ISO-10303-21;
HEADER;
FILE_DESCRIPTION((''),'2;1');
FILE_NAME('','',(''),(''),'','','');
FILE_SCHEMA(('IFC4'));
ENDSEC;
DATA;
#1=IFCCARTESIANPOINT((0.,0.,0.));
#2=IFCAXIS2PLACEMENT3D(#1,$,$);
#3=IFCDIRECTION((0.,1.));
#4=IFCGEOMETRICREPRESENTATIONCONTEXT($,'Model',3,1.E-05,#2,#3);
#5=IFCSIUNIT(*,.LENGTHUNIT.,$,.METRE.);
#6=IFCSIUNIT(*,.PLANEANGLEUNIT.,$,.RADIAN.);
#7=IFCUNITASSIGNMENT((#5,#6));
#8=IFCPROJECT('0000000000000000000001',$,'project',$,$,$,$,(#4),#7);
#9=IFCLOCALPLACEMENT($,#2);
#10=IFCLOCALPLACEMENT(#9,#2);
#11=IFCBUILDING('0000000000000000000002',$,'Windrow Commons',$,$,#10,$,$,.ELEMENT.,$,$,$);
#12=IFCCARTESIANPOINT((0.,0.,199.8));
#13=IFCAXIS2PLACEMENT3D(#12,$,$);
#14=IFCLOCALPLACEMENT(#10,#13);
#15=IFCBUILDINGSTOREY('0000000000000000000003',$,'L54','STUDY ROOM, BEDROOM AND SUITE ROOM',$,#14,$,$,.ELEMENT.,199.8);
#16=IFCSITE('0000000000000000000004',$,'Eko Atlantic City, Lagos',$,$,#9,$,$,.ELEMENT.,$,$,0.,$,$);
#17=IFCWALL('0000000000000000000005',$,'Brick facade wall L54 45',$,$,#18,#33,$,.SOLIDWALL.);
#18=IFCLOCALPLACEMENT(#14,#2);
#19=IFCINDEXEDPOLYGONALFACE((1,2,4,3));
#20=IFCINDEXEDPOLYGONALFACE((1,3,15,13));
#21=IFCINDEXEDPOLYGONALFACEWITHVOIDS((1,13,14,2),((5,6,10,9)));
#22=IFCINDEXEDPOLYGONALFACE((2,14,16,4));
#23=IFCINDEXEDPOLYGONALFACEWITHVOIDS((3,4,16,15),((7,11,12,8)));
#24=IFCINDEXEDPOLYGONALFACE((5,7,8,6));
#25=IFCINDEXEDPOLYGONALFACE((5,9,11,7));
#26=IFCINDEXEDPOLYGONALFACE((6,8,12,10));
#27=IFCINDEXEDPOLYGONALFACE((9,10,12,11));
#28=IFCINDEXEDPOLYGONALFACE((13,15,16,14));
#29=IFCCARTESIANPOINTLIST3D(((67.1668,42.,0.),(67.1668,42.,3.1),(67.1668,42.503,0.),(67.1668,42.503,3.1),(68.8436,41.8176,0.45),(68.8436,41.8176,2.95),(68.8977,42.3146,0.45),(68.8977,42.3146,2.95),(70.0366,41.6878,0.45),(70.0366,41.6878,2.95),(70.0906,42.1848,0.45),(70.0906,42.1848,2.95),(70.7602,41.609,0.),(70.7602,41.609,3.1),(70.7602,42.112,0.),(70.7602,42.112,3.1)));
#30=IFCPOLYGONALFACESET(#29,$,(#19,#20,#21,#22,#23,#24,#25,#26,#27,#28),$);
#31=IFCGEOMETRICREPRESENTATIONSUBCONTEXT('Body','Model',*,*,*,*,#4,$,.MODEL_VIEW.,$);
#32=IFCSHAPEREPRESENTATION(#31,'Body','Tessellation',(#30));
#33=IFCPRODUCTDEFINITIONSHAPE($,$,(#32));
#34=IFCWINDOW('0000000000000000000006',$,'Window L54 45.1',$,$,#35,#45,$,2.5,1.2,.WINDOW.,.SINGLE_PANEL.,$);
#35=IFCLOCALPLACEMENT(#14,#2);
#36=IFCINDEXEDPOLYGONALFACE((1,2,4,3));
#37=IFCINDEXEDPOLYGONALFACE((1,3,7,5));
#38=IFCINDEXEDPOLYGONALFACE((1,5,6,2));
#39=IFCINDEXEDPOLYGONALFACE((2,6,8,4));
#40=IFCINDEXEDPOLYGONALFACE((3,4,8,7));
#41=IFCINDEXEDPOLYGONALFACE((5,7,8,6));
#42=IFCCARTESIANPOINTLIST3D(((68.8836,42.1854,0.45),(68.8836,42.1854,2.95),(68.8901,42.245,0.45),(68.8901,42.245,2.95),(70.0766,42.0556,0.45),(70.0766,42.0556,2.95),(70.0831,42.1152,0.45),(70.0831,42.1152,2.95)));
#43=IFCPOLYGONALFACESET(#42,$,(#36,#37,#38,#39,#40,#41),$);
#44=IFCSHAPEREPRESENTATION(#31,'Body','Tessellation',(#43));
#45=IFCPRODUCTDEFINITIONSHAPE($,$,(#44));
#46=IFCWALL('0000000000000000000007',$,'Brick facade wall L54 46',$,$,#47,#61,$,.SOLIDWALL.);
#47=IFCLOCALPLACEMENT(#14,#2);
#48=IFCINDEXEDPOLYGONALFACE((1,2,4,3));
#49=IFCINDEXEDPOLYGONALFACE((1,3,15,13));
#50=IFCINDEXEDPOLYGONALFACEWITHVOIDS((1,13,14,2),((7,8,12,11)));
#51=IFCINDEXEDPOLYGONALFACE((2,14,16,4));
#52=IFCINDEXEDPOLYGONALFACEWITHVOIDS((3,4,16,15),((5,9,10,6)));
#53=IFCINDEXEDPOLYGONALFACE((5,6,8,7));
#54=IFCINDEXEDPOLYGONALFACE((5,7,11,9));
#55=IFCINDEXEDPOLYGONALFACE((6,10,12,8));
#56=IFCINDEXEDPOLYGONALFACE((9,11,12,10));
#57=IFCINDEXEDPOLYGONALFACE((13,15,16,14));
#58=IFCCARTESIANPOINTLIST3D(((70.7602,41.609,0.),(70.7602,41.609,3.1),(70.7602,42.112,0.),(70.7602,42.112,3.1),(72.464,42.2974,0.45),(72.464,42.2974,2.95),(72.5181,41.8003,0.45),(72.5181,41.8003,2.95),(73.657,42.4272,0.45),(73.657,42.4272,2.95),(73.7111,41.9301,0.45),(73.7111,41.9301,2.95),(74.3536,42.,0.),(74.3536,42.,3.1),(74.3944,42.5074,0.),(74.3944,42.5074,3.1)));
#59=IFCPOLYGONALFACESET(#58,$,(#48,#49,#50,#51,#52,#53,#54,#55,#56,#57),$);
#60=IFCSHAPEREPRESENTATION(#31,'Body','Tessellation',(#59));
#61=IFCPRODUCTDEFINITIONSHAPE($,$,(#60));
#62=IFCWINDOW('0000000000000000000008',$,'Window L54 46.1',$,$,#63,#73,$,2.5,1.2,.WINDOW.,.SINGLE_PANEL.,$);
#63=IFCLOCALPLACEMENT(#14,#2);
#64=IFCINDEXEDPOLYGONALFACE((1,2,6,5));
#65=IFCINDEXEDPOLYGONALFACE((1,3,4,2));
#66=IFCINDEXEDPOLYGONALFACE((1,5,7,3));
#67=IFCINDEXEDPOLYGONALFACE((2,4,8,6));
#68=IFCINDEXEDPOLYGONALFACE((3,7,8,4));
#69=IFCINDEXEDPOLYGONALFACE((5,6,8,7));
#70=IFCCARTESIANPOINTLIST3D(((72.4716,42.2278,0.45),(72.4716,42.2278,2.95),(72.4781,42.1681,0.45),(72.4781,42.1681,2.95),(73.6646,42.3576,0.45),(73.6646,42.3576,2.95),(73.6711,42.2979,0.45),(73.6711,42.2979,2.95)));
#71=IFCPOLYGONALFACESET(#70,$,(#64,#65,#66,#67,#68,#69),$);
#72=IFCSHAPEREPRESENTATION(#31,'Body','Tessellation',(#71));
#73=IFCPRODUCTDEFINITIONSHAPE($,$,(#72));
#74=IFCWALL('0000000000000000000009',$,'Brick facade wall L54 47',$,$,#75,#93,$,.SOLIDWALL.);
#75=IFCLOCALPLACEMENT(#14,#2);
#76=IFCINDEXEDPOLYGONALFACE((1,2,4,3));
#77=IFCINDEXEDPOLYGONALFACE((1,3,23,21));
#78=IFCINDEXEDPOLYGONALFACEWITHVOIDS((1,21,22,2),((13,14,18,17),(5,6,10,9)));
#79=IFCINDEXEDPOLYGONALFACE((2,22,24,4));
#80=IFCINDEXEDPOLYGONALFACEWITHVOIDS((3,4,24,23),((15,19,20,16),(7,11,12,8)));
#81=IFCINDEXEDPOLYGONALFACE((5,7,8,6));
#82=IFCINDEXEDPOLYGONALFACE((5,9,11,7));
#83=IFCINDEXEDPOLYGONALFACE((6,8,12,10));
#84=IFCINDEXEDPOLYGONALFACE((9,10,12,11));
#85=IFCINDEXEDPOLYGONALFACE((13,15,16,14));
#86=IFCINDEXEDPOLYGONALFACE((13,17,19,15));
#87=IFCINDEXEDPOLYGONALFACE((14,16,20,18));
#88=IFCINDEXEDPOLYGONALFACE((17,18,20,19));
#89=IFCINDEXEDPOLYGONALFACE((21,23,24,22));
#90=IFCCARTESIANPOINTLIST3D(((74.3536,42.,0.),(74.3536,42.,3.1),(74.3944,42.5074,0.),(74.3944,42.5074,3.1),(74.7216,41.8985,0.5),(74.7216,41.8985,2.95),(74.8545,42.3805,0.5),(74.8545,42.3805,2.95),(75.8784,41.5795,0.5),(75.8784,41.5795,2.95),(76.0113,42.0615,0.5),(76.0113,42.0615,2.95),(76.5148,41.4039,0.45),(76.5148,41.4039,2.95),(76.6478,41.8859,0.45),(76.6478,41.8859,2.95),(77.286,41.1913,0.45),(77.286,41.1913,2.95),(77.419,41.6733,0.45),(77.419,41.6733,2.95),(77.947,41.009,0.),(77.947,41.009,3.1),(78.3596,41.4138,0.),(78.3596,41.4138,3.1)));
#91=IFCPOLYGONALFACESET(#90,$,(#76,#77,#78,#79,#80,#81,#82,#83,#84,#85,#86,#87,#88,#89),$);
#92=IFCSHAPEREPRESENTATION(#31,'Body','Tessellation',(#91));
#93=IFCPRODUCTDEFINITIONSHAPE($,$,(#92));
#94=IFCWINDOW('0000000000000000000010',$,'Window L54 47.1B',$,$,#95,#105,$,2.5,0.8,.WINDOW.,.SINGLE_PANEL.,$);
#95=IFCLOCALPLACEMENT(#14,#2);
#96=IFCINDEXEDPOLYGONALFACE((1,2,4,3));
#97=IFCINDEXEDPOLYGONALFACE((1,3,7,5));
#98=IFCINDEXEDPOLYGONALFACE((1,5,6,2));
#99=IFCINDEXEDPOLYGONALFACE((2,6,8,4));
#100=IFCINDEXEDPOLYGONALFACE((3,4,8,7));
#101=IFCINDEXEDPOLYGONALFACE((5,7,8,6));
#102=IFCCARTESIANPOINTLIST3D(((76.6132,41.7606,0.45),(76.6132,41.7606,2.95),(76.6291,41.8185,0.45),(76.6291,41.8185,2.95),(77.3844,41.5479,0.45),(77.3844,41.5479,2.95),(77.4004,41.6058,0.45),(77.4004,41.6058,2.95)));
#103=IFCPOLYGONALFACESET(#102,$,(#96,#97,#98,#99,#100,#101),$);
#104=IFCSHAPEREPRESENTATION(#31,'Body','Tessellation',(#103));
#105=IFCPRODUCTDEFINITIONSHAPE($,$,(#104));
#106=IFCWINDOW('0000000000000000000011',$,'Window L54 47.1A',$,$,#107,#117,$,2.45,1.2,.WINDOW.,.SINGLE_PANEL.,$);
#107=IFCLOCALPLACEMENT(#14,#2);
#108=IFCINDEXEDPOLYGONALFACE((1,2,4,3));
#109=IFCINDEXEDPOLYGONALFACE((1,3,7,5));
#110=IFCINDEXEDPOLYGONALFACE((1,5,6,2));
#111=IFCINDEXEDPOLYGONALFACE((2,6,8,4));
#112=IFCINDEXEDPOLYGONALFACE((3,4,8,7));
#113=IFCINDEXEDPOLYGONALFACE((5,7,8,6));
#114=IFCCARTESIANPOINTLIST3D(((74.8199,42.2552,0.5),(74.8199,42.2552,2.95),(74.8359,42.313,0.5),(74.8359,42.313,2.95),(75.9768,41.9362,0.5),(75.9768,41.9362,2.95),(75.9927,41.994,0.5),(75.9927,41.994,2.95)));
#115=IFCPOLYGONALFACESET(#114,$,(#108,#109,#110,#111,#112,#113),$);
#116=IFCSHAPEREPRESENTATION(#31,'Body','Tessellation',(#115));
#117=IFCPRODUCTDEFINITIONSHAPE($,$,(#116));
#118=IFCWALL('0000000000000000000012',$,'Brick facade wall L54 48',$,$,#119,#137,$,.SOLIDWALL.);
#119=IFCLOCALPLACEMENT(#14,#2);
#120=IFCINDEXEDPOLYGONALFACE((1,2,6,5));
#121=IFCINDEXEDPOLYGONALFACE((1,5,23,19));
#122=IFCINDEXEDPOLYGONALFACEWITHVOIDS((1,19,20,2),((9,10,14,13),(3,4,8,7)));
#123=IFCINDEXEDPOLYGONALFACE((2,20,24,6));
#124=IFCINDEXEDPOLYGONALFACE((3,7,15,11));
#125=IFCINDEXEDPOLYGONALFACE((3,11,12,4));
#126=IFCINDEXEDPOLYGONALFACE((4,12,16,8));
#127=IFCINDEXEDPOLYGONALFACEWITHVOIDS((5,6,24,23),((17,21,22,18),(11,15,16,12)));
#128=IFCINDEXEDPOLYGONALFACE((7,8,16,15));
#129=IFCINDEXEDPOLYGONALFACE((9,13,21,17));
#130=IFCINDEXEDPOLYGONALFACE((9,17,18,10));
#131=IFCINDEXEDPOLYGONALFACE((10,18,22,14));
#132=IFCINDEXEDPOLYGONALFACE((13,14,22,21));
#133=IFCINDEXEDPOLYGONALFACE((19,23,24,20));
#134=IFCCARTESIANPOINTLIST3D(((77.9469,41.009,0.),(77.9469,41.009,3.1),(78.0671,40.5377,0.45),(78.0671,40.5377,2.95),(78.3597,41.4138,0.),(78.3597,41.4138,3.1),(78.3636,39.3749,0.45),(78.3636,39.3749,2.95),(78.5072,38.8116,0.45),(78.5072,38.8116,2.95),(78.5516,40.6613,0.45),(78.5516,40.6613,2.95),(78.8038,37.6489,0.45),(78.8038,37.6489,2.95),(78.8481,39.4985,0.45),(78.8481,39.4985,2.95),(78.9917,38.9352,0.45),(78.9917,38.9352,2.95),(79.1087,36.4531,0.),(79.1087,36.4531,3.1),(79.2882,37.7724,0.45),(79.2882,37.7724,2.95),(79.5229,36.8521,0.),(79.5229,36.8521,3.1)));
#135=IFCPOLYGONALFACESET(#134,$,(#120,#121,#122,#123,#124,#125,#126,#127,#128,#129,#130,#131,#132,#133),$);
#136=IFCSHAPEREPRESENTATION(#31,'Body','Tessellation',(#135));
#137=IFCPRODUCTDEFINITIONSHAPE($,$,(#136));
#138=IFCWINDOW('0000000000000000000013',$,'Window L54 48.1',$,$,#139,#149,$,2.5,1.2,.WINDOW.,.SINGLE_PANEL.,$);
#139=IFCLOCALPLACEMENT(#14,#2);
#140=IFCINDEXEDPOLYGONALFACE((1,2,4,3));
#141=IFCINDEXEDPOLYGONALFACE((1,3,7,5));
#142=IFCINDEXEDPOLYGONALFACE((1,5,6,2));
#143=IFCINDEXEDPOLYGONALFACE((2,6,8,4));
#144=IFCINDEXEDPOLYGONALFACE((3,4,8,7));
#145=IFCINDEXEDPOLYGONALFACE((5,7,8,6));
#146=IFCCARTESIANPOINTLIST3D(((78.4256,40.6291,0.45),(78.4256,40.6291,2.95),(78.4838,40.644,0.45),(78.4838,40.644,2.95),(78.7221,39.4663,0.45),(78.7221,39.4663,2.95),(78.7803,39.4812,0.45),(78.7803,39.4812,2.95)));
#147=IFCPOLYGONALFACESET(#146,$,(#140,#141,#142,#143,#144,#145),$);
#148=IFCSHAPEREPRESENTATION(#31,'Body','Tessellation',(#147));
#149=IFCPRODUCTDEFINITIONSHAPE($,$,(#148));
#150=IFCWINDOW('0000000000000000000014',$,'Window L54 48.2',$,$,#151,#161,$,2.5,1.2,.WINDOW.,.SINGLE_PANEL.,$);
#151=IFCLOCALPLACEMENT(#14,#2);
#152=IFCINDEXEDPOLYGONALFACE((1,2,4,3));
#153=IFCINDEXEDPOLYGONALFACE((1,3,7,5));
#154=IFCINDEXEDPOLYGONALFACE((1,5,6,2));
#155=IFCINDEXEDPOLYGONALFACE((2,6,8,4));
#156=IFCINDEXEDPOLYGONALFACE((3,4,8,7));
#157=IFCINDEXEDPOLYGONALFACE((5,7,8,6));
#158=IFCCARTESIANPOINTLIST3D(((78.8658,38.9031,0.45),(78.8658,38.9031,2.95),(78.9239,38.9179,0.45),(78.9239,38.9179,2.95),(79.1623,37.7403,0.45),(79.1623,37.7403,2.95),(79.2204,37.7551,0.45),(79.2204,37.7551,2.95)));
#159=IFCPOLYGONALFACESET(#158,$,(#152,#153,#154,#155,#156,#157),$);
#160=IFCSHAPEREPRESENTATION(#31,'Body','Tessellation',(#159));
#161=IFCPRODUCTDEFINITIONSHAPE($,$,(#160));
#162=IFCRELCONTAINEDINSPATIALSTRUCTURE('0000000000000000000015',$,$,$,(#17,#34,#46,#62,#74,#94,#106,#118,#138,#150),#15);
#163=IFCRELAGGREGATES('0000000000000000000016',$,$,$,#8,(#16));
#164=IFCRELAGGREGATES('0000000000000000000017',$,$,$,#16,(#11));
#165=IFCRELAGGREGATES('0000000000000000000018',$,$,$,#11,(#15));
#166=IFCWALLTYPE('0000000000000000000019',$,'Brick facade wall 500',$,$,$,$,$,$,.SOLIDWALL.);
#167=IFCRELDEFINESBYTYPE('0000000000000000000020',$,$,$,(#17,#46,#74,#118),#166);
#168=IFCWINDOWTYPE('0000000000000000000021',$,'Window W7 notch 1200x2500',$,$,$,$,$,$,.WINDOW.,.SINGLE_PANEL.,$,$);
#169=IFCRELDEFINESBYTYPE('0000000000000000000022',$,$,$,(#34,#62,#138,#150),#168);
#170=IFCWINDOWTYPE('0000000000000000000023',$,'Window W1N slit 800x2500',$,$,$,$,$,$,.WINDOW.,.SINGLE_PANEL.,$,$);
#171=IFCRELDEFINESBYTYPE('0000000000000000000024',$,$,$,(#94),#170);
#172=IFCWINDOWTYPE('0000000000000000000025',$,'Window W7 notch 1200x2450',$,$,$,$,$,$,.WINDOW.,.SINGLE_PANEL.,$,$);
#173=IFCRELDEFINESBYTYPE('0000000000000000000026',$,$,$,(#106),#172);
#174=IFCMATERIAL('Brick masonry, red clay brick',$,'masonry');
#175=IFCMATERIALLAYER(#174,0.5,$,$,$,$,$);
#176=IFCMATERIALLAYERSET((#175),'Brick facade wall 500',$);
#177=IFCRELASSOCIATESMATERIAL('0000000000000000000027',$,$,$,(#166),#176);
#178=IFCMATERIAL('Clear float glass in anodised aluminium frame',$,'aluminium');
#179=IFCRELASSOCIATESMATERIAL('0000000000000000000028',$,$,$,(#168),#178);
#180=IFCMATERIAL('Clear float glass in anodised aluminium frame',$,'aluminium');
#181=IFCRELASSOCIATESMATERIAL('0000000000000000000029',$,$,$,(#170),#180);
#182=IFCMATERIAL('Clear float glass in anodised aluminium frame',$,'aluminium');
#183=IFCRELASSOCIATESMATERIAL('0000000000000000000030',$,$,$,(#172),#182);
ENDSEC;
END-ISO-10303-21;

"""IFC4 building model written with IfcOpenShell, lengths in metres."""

from ifc_helpers import new_model, si_unit, direction, frame, frame_2d, origin, place, context, subcontext, project, spatial, polyline, rectangle, outline, extrude, material, layer, layer_set, type_object, element, fill, save


model = new_model("IFC4")

# Units and contexts
model_context = context("Model", 3, precision=1e-05, world=origin(), true_north=direction((0.0, 1.0)))
body_context = subcontext(model_context, "Body", "Model", "MODEL_VIEW")
ifc_project = project(units=[si_unit("LENGTHUNIT", "METRE"), si_unit("PLANEANGLEUNIT", "RADIAN")], contexts=[model_context])

# Site, building, storey
site_placement = place(None, origin())
site = spatial("IfcSite", under=ifc_project, at=site_placement, Name="Eko Atlantic City, Lagos", CompositionType="ELEMENT", RefElevation=0.0)
building_placement = place(site_placement, origin())
building = spatial("IfcBuilding", under=site, at=building_placement, Name="Windrow Commons", CompositionType="ELEMENT")
storey_placement = place(building_placement, frame((0.0, 0.0, 199.8)))
storey = spatial("IfcBuildingStorey", under=building, at=storey_placement, Name="L54", Description="STUDY ROOM, BEDROOM AND SUITE ROOM", CompositionType="ELEMENT", Elevation=199.8)

# Walls, openings, windows
ifc_material_1 = material(Name="Brick masonry, red clay brick", Category="masonry")
ifc_layer_1 = layer(ifc_material_1, 0.5)
ifc_layer_set_1 = layer_set([ifc_layer_1], Name="Brick facade wall 500")
wall_type_1 = type_object("IfcWallType", Name="Brick facade wall 500", PredefinedType="SOLIDWALL", material=ifc_layer_set_1)
wall_1_placement = place(storey_placement, frame((67.1668, 42.2515, 0.0), z_axis=(0.0, 0.0, 1.0), x_axis=(0.994132, -0.108172, 0.0)))
wall_1 = element("IfcWall", 1, at=wall_1_placement, inside=storey, type_object=wall_type_1, Name="Brick facade wall L54 45", PredefinedType="SOLIDWALL", context=body_context, shape_type="SweptSolid", body=[
    extrude(outline(polyline([(0.0272, -0.25), (3.6418, -0.25), (3.5874, 0.25), (-0.0272, 0.25), (0.0272, -0.25)])), origin(), (0.0, 0.0, 1.0), 3.1),
])
opening_1_placement = place(wall_1_placement, frame((1.7139, 0.0, 0.45)))
opening_1 = element("IfcOpeningElement", 2, at=opening_1_placement, cuts=wall_1, PredefinedType="OPENING", context=body_context, shape_type="SweptSolid", body=[
    extrude(rectangle(XDim=1.2, YDim=2.5, at=frame_2d((0.6, 1.25))), frame((0.0, 0.26, 0.0), z_axis=(0.0, -1.0, 0.0), x_axis=(1.0, 0.0, 0.0)), (0.0, 0.0, 1.0), 0.52),
])
ifc_material_2 = material(Name="Clear float glass in anodised aluminium frame", Category="aluminium")
window_type_1 = type_object("IfcWindowType", Name="Window W7 notch 1200x2500", PartitioningType="SINGLE_PANEL", PredefinedType="WINDOW", material=ifc_material_2)
window_1_placement = place(opening_1_placement, origin())
window_1 = element("IfcWindow", 3, at=window_1_placement, inside=storey, type_object=window_type_1, Name="Window L54 45.1", OverallHeight=2.5, OverallWidth=1.2, PartitioningType="SINGLE_PANEL", PredefinedType="WINDOW", context=body_context, shape_type="SweptSolid", body=[
    extrude(rectangle(XDim=1.2, YDim=2.5, at=frame_2d((0.6, 1.25))), frame((0.0, 0.18, 0.0), z_axis=(0.0, -1.0, 0.0), x_axis=(1.0, 0.0, 0.0)), (0.0, 0.0, 1.0), 0.06),
])
fill(opening_1, window_1)
wall_2_placement = place(storey_placement, frame((70.7602, 41.8605, 0.0), z_axis=(0.0, 0.0, 1.0), x_axis=(0.994133, 0.108167, 0.0)))
wall_2 = element("IfcWall", 4, at=wall_2_placement, inside=storey, type_object=wall_type_1, Name="Brick facade wall L54 46", PredefinedType="SOLIDWALL", context=body_context, shape_type="SweptSolid", body=[
    extrude(outline(polyline([(-0.0272, -0.25), (3.5874, -0.25), (3.6829, 0.25), (0.0272, 0.25), (-0.0272, -0.25)])), origin(), (0.0, 0.0, 1.0), 3.1),
])
opening_2_placement = place(wall_2_placement, frame((1.7411, 0.0, 0.45)))
opening_2 = element("IfcOpeningElement", 5, at=opening_2_placement, cuts=wall_2, PredefinedType="OPENING", context=body_context, shape_type="SweptSolid", body=[
    extrude(rectangle(XDim=1.2, YDim=2.5, at=frame_2d((0.6, 1.25))), frame((0.0, 0.26, 0.0), z_axis=(0.0, -1.0, 0.0), x_axis=(1.0, 0.0, 0.0)), (0.0, 0.0, 1.0), 0.52),
])
window_2_placement = place(opening_2_placement, origin())
window_2 = element("IfcWindow", 6, at=window_2_placement, inside=storey, type_object=window_type_1, Name="Window L54 46.1", OverallHeight=2.5, OverallWidth=1.2, PartitioningType="SINGLE_PANEL", PredefinedType="WINDOW", context=body_context, shape_type="SweptSolid", body=[
    extrude(rectangle(XDim=1.2, YDim=2.5, at=frame_2d((0.6, 1.25))), frame((0.0, 0.18, 0.0), z_axis=(0.0, -1.0, 0.0), x_axis=(1.0, 0.0, 0.0)), (0.0, 0.0, 1.0), 0.06),
])
fill(opening_2, window_2)

# Walls, openings, windows
wall_3_placement = place(storey_placement, frame((74.374, 42.2537, 0.0), z_axis=(0.0, 0.0, 1.0), x_axis=(0.96401, -0.265866, 0.0)))
wall_3 = element("IfcWall", 7, at=wall_3_placement, inside=storey, type_object=wall_type_1, Name="Brick facade wall L54 47", PredefinedType="SOLIDWALL", context=body_context, shape_type="SweptSolid", body=[
    extrude(outline(polyline([(0.0478, -0.25), (3.7753, -0.25), (4.0655, 0.25), (-0.0478, 0.25), (0.0478, -0.25)])), origin(), (0.0, 0.0, 1.0), 3.1),
])
opening_3_placement = place(wall_3_placement, frame((0.4295, 0.0, 0.5)))
opening_3 = element("IfcOpeningElement", 8, at=opening_3_placement, cuts=wall_3, PredefinedType="OPENING", context=body_context, shape_type="SweptSolid", body=[
    extrude(rectangle(XDim=1.2, YDim=2.45, at=frame_2d((0.6, 1.225))), frame((0.0, 0.26, 0.0), z_axis=(0.0, -1.0, 0.0), x_axis=(1.0, 0.0, 0.0)), (0.0, 0.0, 1.0), 0.52),
])
opening_4_placement = place(wall_3_placement, frame((2.2897, 0.0, 0.45)))
opening_4 = element("IfcOpeningElement", 9, at=opening_4_placement, cuts=wall_3, PredefinedType="OPENING", context=body_context, shape_type="SweptSolid", body=[
    extrude(rectangle(XDim=0.8, YDim=2.5, at=frame_2d((0.4, 1.25))), frame((0.0, 0.26, 0.0), z_axis=(0.0, -1.0, 0.0), x_axis=(1.0, 0.0, 0.0)), (0.0, 0.0, 1.0), 0.52),
])
ifc_material_3 = material(Name="Clear float glass in anodised aluminium frame", Category="aluminium")
window_type_2 = type_object("IfcWindowType", Name="Window W1N slit 800x2500", PartitioningType="SINGLE_PANEL", PredefinedType="WINDOW", material=ifc_material_3)
window_3_placement = place(opening_4_placement, origin())
window_3 = element("IfcWindow", 10, at=window_3_placement, inside=storey, type_object=window_type_2, Name="Window L54 47.1B", OverallHeight=2.5, OverallWidth=0.8, PartitioningType="SINGLE_PANEL", PredefinedType="WINDOW", context=body_context, shape_type="SweptSolid", body=[
    extrude(rectangle(XDim=0.8, YDim=2.5, at=frame_2d((0.4, 1.25))), frame((0.0, 0.18, 0.0), z_axis=(0.0, -1.0, 0.0), x_axis=(1.0, 0.0, 0.0)), (0.0, 0.0, 1.0), 0.06),
])
fill(opening_4, window_3)
ifc_material_4 = material(Name="Clear float glass in anodised aluminium frame", Category="aluminium")
window_type_3 = type_object("IfcWindowType", Name="Window W7 notch 1200x2450", PartitioningType="SINGLE_PANEL", PredefinedType="WINDOW", material=ifc_material_4)
window_4_placement = place(opening_3_placement, origin())
window_4 = element("IfcWindow", 11, at=window_4_placement, inside=storey, type_object=window_type_3, Name="Window L54 47.1A", OverallHeight=2.45, OverallWidth=1.2, PartitioningType="SINGLE_PANEL", PredefinedType="WINDOW", context=body_context, shape_type="SweptSolid", body=[
    extrude(rectangle(XDim=1.2, YDim=2.45, at=frame_2d((0.6, 1.225))), frame((0.0, 0.18, 0.0), z_axis=(0.0, -1.0, 0.0), x_axis=(1.0, 0.0, 0.0)), (0.0, 0.0, 1.0), 0.06),
])
fill(opening_3, window_4)
wall_4_placement = place(storey_placement, frame((78.1533, 41.2114, 0.0), z_axis=(0.0, 0.0, 1.0), x_axis=(0.247094, -0.968991, 0.0)))
wall_4 = element("IfcWall", 12, at=wall_4_placement, inside=storey, type_object=wall_type_1, Name="Brick facade wall L54 48", PredefinedType="SOLIDWALL", context=body_context, shape_type="SweptSolid", body=[
    extrude(outline(polyline([(0.1451, -0.25), (4.8468, -0.25), (4.5625, 0.25), (-0.1451, 0.25), (0.1451, -0.25)])), origin(), (0.0, 0.0, 1.0), 3.1),
])
opening_5_placement = place(wall_4_placement, frame((0.6315, 0.0, 0.45)))
opening_5 = element("IfcOpeningElement", 13, at=opening_5_placement, cuts=wall_4, PredefinedType="OPENING", context=body_context, shape_type="SweptSolid", body=[
    extrude(rectangle(XDim=1.2, YDim=2.5, at=frame_2d((0.6, 1.25))), frame((0.0, 0.26, 0.0), z_axis=(0.0, -1.0, 0.0), x_axis=(1.0, 0.0, 0.0)), (0.0, 0.0, 1.0), 0.52),
])
opening_6_placement = place(wall_4_placement, frame((2.4128, 0.0, 0.45)))
opening_6 = element("IfcOpeningElement", 14, at=opening_6_placement, cuts=wall_4, PredefinedType="OPENING", context=body_context, shape_type="SweptSolid", body=[
    extrude(rectangle(XDim=1.2, YDim=2.5, at=frame_2d((0.6, 1.25))), frame((0.0, 0.26, 0.0), z_axis=(0.0, -1.0, 0.0), x_axis=(1.0, 0.0, 0.0)), (0.0, 0.0, 1.0), 0.52),
])
window_5_placement = place(opening_5_placement, origin())
window_5 = element("IfcWindow", 15, at=window_5_placement, inside=storey, type_object=window_type_1, Name="Window L54 48.1", OverallHeight=2.5, OverallWidth=1.2, PartitioningType="SINGLE_PANEL", PredefinedType="WINDOW", context=body_context, shape_type="SweptSolid", body=[
    extrude(rectangle(XDim=1.2, YDim=2.5, at=frame_2d((0.6, 1.25))), frame((0.0, 0.18, 0.0), z_axis=(0.0, -1.0, 0.0), x_axis=(1.0, 0.0, 0.0)), (0.0, 0.0, 1.0), 0.06),
])
fill(opening_5, window_5)
window_6_placement = place(opening_6_placement, origin())
window_6 = element("IfcWindow", 16, at=window_6_placement, inside=storey, type_object=window_type_1, Name="Window L54 48.2", OverallHeight=2.5, OverallWidth=1.2, PartitioningType="SINGLE_PANEL", PredefinedType="WINDOW", context=body_context, shape_type="SweptSolid", body=[
    extrude(rectangle(XDim=1.2, YDim=2.5, at=frame_2d((0.6, 1.25))), frame((0.0, 0.18, 0.0), z_axis=(0.0, -1.0, 0.0), x_axis=(1.0, 0.0, 0.0)), (0.0, 0.0, 1.0), 0.06),
])
fill(opening_6, window_6)

save(model, "model.ifc")
